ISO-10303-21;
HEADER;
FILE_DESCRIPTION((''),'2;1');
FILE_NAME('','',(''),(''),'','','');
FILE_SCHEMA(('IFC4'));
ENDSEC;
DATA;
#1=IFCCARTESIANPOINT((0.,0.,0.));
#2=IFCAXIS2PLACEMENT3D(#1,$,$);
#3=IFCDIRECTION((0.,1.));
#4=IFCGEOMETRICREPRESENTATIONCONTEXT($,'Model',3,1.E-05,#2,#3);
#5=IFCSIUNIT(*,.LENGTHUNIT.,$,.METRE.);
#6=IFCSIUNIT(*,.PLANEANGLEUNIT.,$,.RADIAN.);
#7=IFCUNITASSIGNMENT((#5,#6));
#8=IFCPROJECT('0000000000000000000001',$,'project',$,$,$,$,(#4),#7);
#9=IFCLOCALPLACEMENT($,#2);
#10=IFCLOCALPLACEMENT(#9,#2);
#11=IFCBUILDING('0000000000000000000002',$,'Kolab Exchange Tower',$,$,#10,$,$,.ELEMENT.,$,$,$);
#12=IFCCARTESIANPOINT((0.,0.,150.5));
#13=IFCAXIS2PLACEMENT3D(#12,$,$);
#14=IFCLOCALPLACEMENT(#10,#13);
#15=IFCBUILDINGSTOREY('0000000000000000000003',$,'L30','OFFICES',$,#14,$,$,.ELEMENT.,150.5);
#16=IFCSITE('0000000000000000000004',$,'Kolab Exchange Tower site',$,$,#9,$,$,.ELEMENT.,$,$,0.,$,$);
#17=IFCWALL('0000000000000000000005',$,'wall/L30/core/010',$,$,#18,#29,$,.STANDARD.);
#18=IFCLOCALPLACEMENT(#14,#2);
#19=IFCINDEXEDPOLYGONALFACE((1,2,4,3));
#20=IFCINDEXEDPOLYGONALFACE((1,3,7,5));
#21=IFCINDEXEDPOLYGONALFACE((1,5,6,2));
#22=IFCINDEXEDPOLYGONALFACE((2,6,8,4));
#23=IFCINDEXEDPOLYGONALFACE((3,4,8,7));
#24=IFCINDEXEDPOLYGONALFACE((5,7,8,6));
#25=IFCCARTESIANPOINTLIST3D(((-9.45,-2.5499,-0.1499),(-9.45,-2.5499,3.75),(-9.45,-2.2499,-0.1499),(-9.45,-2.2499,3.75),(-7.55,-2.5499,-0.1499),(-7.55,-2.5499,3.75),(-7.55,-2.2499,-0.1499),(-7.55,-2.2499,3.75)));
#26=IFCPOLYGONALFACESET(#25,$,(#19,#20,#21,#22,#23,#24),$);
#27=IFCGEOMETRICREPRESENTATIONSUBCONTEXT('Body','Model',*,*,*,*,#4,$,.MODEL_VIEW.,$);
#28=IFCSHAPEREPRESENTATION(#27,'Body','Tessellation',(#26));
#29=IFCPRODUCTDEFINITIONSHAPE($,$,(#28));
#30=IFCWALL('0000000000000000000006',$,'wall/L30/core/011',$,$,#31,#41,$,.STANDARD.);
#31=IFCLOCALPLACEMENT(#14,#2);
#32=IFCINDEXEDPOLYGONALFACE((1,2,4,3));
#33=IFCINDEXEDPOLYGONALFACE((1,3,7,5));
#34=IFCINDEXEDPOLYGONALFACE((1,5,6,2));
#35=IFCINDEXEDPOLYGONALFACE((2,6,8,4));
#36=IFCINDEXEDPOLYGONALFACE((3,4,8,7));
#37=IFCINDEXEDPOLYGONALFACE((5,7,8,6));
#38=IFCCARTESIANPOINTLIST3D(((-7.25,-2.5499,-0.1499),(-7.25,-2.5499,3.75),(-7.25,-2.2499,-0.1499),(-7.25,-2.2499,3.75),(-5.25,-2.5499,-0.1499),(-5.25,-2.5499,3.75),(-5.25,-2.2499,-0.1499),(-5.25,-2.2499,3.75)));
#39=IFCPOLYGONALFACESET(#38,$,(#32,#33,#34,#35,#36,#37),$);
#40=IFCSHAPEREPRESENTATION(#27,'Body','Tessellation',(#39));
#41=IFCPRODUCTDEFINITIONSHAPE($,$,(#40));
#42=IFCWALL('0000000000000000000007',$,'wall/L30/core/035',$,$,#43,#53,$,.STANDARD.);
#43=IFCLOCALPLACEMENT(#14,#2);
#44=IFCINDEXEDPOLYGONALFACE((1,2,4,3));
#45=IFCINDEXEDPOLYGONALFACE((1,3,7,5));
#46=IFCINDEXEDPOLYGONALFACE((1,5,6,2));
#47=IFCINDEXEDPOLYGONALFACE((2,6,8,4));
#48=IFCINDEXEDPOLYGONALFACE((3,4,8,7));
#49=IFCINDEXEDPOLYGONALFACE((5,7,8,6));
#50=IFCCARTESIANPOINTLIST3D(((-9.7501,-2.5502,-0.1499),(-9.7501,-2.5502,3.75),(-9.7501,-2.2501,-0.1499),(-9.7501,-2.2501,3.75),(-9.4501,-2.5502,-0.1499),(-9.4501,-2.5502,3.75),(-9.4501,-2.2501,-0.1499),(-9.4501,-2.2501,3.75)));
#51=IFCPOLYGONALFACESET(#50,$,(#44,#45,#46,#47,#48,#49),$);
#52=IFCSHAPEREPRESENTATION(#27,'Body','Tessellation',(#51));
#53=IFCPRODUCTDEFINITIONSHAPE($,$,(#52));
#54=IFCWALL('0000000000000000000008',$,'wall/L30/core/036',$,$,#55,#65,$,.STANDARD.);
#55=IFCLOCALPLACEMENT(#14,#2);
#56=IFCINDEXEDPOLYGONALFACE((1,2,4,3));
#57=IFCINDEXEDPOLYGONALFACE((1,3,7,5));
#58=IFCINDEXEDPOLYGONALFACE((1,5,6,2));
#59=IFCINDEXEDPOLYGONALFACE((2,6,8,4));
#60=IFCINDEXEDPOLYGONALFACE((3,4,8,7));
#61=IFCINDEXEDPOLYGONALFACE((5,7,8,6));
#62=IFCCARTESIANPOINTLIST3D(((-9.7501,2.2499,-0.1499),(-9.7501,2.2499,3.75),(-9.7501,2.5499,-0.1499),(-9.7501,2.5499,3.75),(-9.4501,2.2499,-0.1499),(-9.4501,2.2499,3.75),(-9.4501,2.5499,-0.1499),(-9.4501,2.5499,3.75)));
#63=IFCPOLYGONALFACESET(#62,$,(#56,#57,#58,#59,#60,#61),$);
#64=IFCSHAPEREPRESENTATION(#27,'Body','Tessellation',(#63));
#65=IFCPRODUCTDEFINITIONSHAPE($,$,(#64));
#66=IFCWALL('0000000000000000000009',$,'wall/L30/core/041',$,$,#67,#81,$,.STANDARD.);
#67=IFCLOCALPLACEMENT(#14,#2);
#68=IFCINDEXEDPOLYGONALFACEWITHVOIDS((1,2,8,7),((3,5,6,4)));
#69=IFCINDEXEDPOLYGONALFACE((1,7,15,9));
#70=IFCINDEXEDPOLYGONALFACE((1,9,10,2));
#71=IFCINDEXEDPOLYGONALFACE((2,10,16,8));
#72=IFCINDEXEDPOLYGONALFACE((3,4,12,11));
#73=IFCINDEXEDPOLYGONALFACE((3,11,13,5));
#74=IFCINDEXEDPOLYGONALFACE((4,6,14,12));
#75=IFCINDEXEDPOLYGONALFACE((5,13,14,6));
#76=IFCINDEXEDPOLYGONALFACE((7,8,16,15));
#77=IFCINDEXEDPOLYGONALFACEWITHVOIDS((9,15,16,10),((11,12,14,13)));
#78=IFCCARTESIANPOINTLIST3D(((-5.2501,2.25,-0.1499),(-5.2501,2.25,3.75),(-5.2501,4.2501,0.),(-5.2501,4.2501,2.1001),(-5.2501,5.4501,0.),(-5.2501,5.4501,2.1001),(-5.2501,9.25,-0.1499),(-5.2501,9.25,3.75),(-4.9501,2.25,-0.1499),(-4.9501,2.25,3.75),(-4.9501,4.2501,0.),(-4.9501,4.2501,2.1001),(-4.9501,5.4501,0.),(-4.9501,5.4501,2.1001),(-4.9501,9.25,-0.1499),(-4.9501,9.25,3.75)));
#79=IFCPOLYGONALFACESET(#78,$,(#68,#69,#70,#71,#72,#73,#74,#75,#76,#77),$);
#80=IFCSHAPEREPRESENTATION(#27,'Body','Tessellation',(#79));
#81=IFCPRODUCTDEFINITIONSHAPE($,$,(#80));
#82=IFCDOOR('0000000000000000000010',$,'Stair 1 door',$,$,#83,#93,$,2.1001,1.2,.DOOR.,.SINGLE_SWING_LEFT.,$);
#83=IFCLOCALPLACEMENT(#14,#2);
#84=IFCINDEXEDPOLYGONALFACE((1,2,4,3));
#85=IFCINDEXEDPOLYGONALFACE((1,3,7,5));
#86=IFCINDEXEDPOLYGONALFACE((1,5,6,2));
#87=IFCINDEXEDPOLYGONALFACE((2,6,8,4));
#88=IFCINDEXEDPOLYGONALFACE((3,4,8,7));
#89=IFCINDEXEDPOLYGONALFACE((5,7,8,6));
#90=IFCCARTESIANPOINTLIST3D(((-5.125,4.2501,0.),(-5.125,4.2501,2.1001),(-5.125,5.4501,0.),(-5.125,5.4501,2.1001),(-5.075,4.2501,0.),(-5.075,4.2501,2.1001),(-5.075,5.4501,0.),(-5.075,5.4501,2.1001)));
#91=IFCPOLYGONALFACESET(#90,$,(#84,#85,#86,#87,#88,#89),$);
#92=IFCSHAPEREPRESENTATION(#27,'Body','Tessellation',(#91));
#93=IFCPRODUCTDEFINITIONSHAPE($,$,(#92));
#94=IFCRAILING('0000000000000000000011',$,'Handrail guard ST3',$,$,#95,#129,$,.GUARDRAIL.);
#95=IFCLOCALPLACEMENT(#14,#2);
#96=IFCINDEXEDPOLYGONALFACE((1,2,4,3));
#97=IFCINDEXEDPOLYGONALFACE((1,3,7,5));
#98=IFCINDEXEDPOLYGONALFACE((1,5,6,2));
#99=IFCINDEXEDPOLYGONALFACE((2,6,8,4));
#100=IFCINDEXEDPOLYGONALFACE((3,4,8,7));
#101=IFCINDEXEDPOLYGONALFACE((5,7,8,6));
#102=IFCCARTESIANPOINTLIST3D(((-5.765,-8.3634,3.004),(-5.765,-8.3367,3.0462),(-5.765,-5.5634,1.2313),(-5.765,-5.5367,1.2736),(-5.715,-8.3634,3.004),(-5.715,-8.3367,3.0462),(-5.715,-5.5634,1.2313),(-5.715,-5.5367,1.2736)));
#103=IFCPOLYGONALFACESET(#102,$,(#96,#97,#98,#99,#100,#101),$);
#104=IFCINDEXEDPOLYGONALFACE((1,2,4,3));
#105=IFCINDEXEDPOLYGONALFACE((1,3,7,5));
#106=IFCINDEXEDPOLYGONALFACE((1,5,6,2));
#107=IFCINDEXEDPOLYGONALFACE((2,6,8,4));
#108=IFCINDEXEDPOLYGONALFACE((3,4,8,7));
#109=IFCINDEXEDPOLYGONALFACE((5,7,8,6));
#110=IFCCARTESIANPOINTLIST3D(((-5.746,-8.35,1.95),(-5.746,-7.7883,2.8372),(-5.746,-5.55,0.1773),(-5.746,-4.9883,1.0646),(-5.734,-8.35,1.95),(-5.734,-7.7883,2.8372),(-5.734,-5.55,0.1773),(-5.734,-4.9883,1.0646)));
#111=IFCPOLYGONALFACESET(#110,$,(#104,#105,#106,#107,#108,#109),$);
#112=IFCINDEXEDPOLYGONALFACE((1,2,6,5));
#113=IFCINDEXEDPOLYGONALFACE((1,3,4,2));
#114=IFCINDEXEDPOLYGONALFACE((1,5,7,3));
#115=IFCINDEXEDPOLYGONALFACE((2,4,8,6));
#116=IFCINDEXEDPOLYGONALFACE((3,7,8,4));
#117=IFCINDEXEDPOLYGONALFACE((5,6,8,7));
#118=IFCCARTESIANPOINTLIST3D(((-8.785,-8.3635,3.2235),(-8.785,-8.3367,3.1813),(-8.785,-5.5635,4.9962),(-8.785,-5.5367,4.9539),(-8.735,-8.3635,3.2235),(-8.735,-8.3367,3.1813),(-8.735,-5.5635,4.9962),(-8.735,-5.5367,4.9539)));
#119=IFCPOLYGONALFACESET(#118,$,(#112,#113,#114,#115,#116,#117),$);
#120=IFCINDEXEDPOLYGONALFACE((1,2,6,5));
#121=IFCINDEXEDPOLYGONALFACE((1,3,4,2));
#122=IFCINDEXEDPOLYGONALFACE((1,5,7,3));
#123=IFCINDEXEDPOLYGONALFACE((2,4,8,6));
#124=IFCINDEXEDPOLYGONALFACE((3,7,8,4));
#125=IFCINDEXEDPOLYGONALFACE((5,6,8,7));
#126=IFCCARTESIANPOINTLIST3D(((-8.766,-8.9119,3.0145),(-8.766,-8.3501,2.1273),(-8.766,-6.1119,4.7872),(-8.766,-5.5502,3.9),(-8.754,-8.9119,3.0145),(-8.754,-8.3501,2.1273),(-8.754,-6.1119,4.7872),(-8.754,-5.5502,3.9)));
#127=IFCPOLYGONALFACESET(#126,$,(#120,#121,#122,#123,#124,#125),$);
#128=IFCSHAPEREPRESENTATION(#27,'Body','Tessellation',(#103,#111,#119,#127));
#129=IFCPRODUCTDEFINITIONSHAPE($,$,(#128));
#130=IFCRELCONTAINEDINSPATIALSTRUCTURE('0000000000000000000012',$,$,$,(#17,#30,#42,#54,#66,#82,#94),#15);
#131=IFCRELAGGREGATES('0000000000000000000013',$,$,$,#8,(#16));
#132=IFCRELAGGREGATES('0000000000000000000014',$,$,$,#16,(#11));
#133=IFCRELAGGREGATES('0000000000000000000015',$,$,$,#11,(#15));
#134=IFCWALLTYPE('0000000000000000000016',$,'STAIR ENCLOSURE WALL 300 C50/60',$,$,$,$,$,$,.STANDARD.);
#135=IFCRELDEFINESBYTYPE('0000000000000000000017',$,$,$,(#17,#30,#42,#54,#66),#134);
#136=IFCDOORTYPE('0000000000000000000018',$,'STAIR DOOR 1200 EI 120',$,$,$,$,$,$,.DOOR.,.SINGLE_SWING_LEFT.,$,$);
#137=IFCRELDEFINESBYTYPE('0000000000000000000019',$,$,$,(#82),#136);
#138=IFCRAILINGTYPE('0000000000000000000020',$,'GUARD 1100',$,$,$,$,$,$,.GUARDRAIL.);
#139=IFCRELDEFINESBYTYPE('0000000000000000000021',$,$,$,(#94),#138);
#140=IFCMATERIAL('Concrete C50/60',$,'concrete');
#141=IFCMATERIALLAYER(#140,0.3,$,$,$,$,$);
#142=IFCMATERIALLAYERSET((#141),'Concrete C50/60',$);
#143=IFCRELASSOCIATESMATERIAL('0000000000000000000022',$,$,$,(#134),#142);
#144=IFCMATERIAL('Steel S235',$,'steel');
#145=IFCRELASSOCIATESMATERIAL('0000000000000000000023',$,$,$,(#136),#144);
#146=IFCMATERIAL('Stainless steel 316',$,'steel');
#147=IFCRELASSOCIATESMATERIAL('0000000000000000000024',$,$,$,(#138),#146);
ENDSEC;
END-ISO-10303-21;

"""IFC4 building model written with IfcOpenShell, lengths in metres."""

from ifc_helpers import new_model, si_unit, direction, frame, frame_2d, origin, origin_2d, place, context, subcontext, project, spatial, rectangle, extrude, material, layer, layer_set, type_object, element, fill, save


model = new_model("IFC4")

# Units and contexts
model_context = context("Model", 3, precision=1e-05, world=origin(), true_north=direction((0.0, 1.0)))
body_context = subcontext(model_context, "Body", "Model", "MODEL_VIEW")
ifc_project = project(units=[si_unit("LENGTHUNIT", "METRE"), si_unit("PLANEANGLEUNIT", "RADIAN")], contexts=[model_context])

# Site, building, storey
site_placement = place(None, origin())
site = spatial("IfcSite", under=ifc_project, at=site_placement, Name="Kolab Exchange Tower site", CompositionType="ELEMENT", RefElevation=0.0)
building_placement = place(site_placement, origin())
building = spatial("IfcBuilding", under=site, at=building_placement, Name="Kolab Exchange Tower", CompositionType="ELEMENT")
storey_placement = place(building_placement, frame((0.0, 0.0, 150.5)))
storey = spatial("IfcBuildingStorey", under=building, at=storey_placement, Name="L30", Description="OFFICES", CompositionType="ELEMENT", Elevation=150.5)

# Shared definitions
ifc_material_1 = material(Name="Concrete C50/60", Category="concrete")
ifc_material_2 = material(Name="Stainless steel 316", Category="steel")

# Walls
ifc_layer_1 = layer(ifc_material_1, 0.3)
ifc_layer_set_1 = layer_set([ifc_layer_1], Name="Concrete C50/60")
wall_type_1 = type_object("IfcWallType", Name="STAIR ENCLOSURE WALL 300 C50/60", PredefinedType="STANDARD", material=ifc_layer_set_1)
wall_1_placement = place(storey_placement, frame((-9.45, -2.3999, -0.1499), z_axis=(0.0, 0.0, 1.0), x_axis=(1.0, 0.0, 0.0)))
element("IfcWall", 1, at=wall_1_placement, inside=storey, type_object=wall_type_1, Name="wall/L30/core/010", PredefinedType="STANDARD", context=body_context, shape_type="SweptSolid", body=[
    extrude(rectangle(XDim=1.8999, YDim=0.3, at=frame_2d((0.95, 0.0))), origin(), (0.0, 0.0, 1.0), 3.8999),
])
wall_2_placement = place(storey_placement, frame((-7.25, -2.3999, -0.1499), z_axis=(0.0, 0.0, 1.0), x_axis=(1.0, 0.0, 0.0)))
element("IfcWall", 2, at=wall_2_placement, inside=storey, type_object=wall_type_1, Name="wall/L30/core/011", PredefinedType="STANDARD", context=body_context, shape_type="SweptSolid", body=[
    extrude(rectangle(XDim=2.0, YDim=0.3, at=frame_2d((1.0, 0.0))), origin(), (0.0, 0.0, 1.0), 3.8999),
])
for number, where, z_axis, x_axis, name in (
    (3, (-9.6001, -2.55, -0.1499), (0.0, 0.0, 1.0), (0.0, 1.0, 0.0), "wall/L30/core/035"),
    (4, (-9.6001, 2.25, -0.1499), (0.0, 0.0, 1.0), (0.0, 1.0, 0.0), "wall/L30/core/036"),
):
    element("IfcWall", number, at=place(storey_placement, frame(where, z_axis=z_axis, x_axis=x_axis)), inside=storey, type_object=wall_type_1, Name=name, PredefinedType="STANDARD", context=body_context, shape_type="SweptSolid", body=[
        extrude(rectangle(XDim=0.3, YDim=0.3, at=frame_2d((0.1499, 0.0))), origin(), (0.0, 0.0, 1.0), 3.8999),
    ])

# Wall, opening, door
wall_3_placement = place(storey_placement, frame((-5.1001, 2.25, -0.1499), z_axis=(0.0, 0.0, 1.0), x_axis=(0.0, 1.0, 0.0)))
wall_3 = element("IfcWall", 5, at=wall_3_placement, inside=storey, type_object=wall_type_1, Name="wall/L30/core/041", PredefinedType="STANDARD", context=body_context, shape_type="SweptSolid", body=[
    extrude(rectangle(XDim=7.0, YDim=0.3, at=frame_2d((3.5, 0.0))), origin(), (0.0, 0.0, 1.0), 3.8999),
])
opening_1_placement = place(wall_3_placement, frame((2.0, 0.0, 0.1499)))
opening_1 = element("IfcOpeningElement", 6, at=opening_1_placement, cuts=wall_3, PredefinedType="OPENING", context=body_context, shape_type="SweptSolid", body=[
    extrude(rectangle(XDim=1.2, YDim=2.1001, at=frame_2d((0.6001, 1.05))), frame((0.0, 0.1602, 0.0), z_axis=(0.0, -1.0, 0.0), x_axis=(1.0, 0.0, 0.0)), (0.0, 0.0, 1.0), 0.3201),
])
ifc_material_3 = material(Name="Steel S235", Category="steel")
door_type_1 = type_object("IfcDoorType", Name="STAIR DOOR 1200 EI 120", OperationType="SINGLE_SWING_LEFT", PredefinedType="DOOR", material=ifc_material_3)
door_1_placement = place(opening_1_placement, origin())
door_1 = element("IfcDoor", 7, at=door_1_placement, inside=storey, type_object=door_type_1, Name="Stair 1 door", OperationType="SINGLE_SWING_LEFT", OverallHeight=2.1001, OverallWidth=1.2, PredefinedType="DOOR", context=body_context, shape_type="SweptSolid", body=[
    extrude(rectangle(XDim=1.2, YDim=2.1001, at=frame_2d((0.6001, 1.05))), frame((0.0, 0.0249, 0.0), z_axis=(0.0, -1.0, 0.0), x_axis=(1.0, 0.0, 0.0)), (0.0, 0.0, 1.0), 0.05),
])
fill(opening_1, door_1)

# Railing
railing_type = type_object("IfcRailingType", Name="GUARD 1100", PredefinedType="GUARDRAIL", material=ifc_material_2)
railing_placement = place(storey_placement, frame((-5.74, -5.55, 0.1772)))
element("IfcRailing", 8, at=railing_placement, inside=storey, type_object=railing_type, Name="Handrail guard ST3", PredefinedType="GUARDRAIL", context=body_context, shape_type="SweptSolid", body=[
    extrude(rectangle(XDim=0.05, YDim=0.05, at=origin_2d()), frame((0.0, 0.0, 1.0752), z_axis=(0.0, -0.844909, 0.53491), x_axis=(1.0, 0.0, 0.0)), (0.0, 0.0, 1.0), 3.314),
    extrude(rectangle(XDim=0.012, YDim=1.0501, at=frame_2d((0.0, 0.5251))), frame((0.0, 0.0, 0.0), z_axis=(0.0, -0.844909, 0.53491), x_axis=(1.0, 0.0, 0.0)), (0.0, 0.0, 1.0), 3.314),
    extrude(rectangle(XDim=0.05, YDim=0.05, at=origin_2d()), frame((-3.02, -2.8, 3.0251), z_axis=(0.0, 0.844909, 0.53491), x_axis=(-1.0, 0.0, 0.0)), (0.0, 0.0, 1.0), 3.314),
    extrude(rectangle(XDim=0.012, YDim=1.0501, at=frame_2d((0.0, 0.5251))), frame((-3.02, -2.8, 1.95), z_axis=(0.0, 0.844909, 0.53491), x_axis=(-1.0, 0.0, 0.0)), (0.0, 0.0, 1.0), 3.314),
])

save(model, "model.ifc")
